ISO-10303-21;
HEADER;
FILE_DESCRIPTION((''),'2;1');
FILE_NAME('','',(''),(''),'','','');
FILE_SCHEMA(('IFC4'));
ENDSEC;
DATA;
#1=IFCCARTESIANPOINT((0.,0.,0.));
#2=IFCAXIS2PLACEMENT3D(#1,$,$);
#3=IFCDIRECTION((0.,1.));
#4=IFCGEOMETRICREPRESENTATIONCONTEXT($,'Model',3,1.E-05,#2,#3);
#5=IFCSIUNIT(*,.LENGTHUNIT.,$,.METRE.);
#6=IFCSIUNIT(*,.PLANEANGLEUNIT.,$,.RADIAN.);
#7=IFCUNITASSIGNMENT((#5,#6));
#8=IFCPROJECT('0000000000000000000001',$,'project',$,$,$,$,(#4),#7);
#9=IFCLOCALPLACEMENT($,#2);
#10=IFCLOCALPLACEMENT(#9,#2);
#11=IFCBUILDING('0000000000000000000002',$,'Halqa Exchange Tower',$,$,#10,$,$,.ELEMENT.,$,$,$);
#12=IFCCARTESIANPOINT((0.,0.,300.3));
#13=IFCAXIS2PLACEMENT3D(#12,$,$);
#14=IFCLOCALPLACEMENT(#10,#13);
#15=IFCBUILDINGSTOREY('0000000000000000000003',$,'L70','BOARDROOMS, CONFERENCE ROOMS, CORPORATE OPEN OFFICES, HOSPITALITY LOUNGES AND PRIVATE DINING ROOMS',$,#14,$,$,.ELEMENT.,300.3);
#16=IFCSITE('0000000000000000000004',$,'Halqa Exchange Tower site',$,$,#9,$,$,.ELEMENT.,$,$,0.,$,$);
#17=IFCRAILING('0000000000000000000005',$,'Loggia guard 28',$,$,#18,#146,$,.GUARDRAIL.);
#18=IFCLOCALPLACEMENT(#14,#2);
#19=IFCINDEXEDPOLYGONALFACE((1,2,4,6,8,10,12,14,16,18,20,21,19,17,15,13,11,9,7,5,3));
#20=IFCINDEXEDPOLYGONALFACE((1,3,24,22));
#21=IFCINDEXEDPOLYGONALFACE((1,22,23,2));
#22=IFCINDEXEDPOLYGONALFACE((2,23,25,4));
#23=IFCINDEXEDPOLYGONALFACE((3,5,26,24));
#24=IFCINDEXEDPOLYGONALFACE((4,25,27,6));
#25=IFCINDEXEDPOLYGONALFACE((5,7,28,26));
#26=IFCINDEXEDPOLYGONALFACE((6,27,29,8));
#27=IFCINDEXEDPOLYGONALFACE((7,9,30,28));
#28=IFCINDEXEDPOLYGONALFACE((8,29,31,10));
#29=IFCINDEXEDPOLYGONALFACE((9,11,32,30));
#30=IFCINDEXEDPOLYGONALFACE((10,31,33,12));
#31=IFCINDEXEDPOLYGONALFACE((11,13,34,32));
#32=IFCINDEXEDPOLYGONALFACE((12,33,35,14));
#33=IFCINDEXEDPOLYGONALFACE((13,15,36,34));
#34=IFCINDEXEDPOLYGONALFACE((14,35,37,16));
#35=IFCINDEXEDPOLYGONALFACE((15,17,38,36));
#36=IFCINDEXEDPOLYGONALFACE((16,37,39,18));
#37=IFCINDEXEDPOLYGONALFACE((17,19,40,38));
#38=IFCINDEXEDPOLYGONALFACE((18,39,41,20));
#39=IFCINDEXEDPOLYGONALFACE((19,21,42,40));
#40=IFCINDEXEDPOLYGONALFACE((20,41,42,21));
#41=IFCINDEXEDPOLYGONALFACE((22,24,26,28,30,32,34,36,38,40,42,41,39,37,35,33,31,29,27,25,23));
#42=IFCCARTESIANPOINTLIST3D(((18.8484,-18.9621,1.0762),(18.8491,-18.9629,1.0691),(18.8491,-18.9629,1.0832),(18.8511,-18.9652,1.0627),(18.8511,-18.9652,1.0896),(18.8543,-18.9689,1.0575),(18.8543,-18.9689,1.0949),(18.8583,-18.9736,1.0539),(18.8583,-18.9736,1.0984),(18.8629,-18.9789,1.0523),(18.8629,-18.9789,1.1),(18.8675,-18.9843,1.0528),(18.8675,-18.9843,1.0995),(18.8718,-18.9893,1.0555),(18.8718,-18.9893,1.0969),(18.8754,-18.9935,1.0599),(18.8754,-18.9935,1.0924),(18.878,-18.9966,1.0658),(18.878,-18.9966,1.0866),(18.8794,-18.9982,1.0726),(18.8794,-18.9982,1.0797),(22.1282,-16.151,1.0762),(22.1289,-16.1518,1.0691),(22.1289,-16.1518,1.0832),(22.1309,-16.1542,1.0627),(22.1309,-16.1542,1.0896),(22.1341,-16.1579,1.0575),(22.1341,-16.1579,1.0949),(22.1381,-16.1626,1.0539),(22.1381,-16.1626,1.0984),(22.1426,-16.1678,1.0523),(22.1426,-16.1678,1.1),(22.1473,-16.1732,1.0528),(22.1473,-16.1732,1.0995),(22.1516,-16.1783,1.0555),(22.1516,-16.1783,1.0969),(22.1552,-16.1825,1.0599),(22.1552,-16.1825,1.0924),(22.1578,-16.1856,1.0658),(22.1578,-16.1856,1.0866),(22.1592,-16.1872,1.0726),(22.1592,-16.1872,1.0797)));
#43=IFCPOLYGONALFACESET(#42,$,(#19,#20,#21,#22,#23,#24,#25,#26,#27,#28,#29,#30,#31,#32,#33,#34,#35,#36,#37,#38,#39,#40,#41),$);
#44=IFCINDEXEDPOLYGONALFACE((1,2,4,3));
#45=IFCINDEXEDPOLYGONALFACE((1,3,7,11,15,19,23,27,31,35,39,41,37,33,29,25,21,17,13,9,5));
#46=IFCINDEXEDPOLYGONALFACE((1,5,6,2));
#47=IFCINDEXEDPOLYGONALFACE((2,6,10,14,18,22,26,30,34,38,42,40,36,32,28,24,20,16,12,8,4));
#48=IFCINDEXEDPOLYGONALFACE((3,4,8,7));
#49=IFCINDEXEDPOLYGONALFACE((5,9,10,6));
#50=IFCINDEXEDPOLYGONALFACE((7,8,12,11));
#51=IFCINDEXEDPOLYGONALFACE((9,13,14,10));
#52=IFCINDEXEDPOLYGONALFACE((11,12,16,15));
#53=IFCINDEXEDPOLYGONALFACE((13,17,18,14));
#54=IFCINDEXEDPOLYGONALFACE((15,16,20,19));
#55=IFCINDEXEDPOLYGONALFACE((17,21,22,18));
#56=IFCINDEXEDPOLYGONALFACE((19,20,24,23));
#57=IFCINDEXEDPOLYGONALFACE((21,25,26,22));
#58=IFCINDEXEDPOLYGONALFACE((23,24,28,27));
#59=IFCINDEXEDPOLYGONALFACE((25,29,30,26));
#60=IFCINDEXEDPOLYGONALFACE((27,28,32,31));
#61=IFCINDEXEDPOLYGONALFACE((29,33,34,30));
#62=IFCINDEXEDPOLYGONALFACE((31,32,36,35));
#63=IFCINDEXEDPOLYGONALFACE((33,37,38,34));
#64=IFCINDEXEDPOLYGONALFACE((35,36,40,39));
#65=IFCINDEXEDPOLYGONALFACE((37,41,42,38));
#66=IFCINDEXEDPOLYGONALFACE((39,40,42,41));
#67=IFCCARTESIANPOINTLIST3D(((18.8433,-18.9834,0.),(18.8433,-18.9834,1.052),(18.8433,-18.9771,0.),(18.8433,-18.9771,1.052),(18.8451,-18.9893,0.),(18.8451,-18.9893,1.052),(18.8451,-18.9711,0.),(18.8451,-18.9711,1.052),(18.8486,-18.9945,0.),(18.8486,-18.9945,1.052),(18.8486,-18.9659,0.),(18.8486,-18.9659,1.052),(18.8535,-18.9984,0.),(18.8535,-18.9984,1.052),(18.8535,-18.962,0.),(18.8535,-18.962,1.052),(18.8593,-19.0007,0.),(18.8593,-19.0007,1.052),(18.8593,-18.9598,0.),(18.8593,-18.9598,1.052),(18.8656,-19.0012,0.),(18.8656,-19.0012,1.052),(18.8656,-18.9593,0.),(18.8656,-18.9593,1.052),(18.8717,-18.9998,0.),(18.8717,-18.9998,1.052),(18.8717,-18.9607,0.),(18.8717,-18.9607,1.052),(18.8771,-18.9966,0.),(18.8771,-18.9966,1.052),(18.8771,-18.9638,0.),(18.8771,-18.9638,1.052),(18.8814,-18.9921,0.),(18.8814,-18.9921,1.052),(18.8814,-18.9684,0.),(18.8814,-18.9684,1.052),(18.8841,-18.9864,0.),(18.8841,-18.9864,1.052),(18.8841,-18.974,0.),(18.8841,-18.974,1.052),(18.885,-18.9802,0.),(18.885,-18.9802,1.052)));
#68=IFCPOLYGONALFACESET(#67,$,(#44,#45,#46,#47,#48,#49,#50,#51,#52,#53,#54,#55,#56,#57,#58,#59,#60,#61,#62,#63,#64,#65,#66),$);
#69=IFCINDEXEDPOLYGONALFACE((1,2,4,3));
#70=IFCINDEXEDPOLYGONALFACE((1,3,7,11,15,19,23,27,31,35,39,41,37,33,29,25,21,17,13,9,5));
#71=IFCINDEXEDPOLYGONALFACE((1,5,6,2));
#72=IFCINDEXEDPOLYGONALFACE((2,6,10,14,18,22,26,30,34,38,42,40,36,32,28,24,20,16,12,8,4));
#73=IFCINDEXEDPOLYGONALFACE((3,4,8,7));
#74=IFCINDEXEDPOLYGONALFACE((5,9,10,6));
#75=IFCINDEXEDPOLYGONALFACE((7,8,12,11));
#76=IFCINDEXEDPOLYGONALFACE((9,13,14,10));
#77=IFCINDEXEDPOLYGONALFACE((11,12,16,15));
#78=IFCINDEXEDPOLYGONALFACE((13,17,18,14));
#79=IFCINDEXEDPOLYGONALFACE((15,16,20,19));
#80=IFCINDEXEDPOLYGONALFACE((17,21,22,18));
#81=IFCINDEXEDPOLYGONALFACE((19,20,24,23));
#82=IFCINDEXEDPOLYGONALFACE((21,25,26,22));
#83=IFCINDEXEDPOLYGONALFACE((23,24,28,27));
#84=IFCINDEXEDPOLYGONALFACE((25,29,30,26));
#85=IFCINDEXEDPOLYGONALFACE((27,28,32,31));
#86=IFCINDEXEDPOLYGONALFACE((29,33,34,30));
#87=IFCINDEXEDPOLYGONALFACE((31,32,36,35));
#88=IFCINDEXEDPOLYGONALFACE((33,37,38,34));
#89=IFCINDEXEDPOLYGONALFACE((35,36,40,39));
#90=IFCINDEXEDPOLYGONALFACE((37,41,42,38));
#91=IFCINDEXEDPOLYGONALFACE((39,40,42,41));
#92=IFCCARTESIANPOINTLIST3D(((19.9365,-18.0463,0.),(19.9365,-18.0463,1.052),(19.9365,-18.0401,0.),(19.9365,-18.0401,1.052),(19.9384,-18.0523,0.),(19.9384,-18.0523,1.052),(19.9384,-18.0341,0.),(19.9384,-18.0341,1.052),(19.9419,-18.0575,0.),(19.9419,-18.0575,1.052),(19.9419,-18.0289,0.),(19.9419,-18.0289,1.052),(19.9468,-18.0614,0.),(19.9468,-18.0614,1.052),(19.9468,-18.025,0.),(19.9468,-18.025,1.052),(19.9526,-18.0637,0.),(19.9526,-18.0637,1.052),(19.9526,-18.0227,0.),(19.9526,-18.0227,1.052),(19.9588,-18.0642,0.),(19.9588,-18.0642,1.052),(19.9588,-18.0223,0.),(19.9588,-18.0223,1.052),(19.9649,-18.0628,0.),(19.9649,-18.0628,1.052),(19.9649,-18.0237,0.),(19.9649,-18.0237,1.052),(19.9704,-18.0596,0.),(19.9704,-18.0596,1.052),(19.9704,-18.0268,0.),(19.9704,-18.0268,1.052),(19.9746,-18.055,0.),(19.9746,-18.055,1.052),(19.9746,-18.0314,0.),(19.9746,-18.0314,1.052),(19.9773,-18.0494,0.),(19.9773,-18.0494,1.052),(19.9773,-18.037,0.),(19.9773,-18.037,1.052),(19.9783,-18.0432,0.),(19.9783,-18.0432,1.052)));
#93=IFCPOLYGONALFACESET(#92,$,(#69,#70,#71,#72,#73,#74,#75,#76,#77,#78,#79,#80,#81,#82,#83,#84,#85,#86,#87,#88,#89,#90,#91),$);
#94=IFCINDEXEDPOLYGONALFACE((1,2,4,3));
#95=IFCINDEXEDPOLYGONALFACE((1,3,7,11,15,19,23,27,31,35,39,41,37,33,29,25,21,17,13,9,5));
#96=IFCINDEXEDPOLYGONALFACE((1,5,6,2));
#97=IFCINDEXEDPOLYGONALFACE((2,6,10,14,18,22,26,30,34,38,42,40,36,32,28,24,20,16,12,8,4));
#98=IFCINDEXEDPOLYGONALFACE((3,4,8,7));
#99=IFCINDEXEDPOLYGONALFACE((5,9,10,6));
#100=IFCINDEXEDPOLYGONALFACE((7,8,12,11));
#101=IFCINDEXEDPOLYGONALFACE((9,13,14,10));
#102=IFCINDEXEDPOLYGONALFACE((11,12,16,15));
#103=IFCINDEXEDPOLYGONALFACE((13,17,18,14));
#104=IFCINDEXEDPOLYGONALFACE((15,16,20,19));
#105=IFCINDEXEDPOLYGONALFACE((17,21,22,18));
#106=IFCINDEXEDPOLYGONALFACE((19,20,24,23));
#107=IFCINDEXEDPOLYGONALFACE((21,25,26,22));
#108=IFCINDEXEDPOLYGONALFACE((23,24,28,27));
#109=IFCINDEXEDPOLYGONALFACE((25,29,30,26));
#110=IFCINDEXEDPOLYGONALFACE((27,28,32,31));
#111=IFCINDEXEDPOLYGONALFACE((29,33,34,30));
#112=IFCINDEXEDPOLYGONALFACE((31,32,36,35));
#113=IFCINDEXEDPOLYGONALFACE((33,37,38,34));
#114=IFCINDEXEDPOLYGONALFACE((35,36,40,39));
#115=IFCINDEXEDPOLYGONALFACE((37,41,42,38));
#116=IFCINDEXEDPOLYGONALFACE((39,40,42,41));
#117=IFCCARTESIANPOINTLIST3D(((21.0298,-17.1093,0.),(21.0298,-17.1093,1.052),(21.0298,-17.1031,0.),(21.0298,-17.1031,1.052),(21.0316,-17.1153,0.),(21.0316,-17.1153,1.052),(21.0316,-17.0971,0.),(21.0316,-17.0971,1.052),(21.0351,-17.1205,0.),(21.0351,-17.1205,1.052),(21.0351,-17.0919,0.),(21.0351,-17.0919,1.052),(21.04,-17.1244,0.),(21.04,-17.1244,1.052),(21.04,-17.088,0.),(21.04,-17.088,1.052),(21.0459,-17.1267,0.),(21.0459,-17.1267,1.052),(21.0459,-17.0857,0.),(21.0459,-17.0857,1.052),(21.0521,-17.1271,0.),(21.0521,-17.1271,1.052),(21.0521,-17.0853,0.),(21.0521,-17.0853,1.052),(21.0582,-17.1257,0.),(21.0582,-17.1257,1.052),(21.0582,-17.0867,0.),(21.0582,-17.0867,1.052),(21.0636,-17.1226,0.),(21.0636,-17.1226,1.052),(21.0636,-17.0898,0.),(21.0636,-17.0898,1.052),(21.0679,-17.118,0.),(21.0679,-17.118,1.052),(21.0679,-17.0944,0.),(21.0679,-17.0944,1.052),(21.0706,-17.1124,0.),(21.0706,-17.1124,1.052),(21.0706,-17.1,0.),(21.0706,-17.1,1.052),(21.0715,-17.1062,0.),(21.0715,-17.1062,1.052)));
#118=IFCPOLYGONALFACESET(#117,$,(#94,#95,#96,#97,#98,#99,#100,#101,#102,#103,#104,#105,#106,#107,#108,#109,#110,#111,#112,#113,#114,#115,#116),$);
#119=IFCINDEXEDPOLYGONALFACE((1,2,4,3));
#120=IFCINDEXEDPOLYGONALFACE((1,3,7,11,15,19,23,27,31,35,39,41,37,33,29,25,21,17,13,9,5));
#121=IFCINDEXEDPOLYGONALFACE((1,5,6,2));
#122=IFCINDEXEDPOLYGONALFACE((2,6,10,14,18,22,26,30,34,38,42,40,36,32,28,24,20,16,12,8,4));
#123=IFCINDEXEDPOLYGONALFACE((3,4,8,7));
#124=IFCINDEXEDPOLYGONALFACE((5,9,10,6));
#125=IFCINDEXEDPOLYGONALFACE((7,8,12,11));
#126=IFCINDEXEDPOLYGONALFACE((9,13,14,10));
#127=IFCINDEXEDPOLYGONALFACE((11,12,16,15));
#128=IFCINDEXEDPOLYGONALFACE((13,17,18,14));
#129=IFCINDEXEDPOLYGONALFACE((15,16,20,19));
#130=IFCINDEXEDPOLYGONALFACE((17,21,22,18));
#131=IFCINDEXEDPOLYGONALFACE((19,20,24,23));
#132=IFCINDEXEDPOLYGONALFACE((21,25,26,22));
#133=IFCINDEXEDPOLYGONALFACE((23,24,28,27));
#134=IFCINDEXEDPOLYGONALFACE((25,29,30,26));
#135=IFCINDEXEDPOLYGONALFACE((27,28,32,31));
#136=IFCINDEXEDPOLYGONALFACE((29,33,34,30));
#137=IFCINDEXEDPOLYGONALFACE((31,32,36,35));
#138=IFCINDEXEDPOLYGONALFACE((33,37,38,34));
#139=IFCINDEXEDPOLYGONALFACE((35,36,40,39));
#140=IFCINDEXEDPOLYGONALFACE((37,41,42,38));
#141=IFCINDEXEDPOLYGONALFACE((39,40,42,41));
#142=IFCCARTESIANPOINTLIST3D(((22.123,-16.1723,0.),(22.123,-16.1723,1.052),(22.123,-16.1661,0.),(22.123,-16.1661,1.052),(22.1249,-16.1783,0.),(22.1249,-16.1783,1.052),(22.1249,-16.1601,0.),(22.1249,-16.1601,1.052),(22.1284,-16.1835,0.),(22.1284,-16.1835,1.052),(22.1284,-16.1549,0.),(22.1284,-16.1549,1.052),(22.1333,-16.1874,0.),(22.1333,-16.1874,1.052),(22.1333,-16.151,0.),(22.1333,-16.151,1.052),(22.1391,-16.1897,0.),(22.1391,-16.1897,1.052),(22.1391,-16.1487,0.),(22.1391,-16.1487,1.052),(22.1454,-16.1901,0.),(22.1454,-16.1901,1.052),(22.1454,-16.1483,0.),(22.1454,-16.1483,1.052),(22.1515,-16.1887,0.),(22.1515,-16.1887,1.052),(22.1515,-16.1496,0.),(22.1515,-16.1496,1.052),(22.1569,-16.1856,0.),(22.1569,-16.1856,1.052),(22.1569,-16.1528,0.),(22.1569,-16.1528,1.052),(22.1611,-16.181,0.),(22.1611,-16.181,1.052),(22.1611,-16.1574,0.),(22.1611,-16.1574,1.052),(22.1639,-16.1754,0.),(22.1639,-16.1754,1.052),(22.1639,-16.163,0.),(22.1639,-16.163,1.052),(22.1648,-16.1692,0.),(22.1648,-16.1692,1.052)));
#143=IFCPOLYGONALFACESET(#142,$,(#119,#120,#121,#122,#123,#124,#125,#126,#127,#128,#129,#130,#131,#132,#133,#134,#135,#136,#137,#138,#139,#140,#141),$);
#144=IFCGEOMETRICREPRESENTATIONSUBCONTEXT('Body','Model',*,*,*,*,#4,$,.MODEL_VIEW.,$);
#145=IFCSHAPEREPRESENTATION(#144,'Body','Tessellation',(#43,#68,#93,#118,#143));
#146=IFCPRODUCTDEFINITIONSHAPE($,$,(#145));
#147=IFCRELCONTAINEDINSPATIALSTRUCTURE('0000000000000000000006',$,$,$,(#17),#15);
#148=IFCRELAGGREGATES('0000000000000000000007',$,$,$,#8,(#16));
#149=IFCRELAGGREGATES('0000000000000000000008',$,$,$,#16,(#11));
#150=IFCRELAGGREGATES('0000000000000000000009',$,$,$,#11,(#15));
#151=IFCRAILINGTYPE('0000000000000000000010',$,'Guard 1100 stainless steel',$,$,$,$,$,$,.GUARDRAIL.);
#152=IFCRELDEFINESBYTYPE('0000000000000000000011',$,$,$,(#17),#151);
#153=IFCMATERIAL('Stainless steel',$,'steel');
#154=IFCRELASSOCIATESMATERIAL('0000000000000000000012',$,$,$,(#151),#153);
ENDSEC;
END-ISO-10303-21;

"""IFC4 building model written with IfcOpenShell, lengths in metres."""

from ifc_helpers import new_model, si_unit, direction, frame, origin, origin_2d, place, context, subcontext, project, spatial, circle, extrude, material, type_object, element, save


model = new_model("IFC4")

# Units and contexts
model_context = context("Model", 3, precision=1e-05, world=origin(), true_north=direction((0.0, 1.0)))
body_context = subcontext(model_context, "Body", "Model", "MODEL_VIEW")
ifc_project = project(units=[si_unit("LENGTHUNIT", "METRE"), si_unit("PLANEANGLEUNIT", "RADIAN")], contexts=[model_context])

# Site, building, storey
site_placement = place(None, origin())
site = spatial("IfcSite", under=ifc_project, at=site_placement, Name="Halqa Exchange Tower site", CompositionType="ELEMENT", RefElevation=0.0)
building_placement = place(site_placement, origin())
building = spatial("IfcBuilding", under=site, at=building_placement, Name="Halqa Exchange Tower", CompositionType="ELEMENT")
storey_placement = place(building_placement, frame((0.0, 0.0, 300.3)))
storey = spatial("IfcBuildingStorey", under=building, at=storey_placement, Name="L70", Description="BOARDROOMS, CONFERENCE ROOMS, CORPORATE OPEN OFFICES, HOSPITALITY LOUNGES AND PRIVATE DINING ROOMS", CompositionType="ELEMENT", Elevation=300.3)

# Railing
ifc_material_1 = material(Name="Stainless steel", Category="steel")
railing_type = type_object("IfcRailingType", Name="Guard 1100 stainless steel", PredefinedType="GUARDRAIL", material=ifc_material_1)
railing_1_placement = place(storey_placement, frame((18.864, -18.9802, 0.0)))
element("IfcRailing", 1, at=railing_1_placement, inside=storey, type_object=railing_type, Name="Loggia guard 28", PredefinedType="GUARDRAIL", context=body_context, shape_type="SweptSolid", body=[
    extrude(circle(Radius=0.0239, at=origin_2d()), frame((0.0, 0.0, 1.0762), z_axis=(0.759281, 0.650763, 0.0), x_axis=(-0.650763, 0.759281, 0.0)), (0.0, 0.0, 1.0), 4.3196),
    extrude(circle(Radius=0.021, at=origin_2d()), origin(), (0.0, 0.0, 1.0), 1.052),
    extrude(circle(Radius=0.021, at=origin_2d()), frame((1.0933, 0.937, 0.0)), (0.0, 0.0, 1.0), 1.052),
    extrude(circle(Radius=0.021, at=origin_2d()), frame((2.1865, 1.874, 0.0)), (0.0, 0.0, 1.0), 1.052),
    extrude(circle(Radius=0.021, at=origin_2d()), frame((3.2798, 2.811, 0.0)), (0.0, 0.0, 1.0), 1.052),
])

save(model, "model.ifc")
